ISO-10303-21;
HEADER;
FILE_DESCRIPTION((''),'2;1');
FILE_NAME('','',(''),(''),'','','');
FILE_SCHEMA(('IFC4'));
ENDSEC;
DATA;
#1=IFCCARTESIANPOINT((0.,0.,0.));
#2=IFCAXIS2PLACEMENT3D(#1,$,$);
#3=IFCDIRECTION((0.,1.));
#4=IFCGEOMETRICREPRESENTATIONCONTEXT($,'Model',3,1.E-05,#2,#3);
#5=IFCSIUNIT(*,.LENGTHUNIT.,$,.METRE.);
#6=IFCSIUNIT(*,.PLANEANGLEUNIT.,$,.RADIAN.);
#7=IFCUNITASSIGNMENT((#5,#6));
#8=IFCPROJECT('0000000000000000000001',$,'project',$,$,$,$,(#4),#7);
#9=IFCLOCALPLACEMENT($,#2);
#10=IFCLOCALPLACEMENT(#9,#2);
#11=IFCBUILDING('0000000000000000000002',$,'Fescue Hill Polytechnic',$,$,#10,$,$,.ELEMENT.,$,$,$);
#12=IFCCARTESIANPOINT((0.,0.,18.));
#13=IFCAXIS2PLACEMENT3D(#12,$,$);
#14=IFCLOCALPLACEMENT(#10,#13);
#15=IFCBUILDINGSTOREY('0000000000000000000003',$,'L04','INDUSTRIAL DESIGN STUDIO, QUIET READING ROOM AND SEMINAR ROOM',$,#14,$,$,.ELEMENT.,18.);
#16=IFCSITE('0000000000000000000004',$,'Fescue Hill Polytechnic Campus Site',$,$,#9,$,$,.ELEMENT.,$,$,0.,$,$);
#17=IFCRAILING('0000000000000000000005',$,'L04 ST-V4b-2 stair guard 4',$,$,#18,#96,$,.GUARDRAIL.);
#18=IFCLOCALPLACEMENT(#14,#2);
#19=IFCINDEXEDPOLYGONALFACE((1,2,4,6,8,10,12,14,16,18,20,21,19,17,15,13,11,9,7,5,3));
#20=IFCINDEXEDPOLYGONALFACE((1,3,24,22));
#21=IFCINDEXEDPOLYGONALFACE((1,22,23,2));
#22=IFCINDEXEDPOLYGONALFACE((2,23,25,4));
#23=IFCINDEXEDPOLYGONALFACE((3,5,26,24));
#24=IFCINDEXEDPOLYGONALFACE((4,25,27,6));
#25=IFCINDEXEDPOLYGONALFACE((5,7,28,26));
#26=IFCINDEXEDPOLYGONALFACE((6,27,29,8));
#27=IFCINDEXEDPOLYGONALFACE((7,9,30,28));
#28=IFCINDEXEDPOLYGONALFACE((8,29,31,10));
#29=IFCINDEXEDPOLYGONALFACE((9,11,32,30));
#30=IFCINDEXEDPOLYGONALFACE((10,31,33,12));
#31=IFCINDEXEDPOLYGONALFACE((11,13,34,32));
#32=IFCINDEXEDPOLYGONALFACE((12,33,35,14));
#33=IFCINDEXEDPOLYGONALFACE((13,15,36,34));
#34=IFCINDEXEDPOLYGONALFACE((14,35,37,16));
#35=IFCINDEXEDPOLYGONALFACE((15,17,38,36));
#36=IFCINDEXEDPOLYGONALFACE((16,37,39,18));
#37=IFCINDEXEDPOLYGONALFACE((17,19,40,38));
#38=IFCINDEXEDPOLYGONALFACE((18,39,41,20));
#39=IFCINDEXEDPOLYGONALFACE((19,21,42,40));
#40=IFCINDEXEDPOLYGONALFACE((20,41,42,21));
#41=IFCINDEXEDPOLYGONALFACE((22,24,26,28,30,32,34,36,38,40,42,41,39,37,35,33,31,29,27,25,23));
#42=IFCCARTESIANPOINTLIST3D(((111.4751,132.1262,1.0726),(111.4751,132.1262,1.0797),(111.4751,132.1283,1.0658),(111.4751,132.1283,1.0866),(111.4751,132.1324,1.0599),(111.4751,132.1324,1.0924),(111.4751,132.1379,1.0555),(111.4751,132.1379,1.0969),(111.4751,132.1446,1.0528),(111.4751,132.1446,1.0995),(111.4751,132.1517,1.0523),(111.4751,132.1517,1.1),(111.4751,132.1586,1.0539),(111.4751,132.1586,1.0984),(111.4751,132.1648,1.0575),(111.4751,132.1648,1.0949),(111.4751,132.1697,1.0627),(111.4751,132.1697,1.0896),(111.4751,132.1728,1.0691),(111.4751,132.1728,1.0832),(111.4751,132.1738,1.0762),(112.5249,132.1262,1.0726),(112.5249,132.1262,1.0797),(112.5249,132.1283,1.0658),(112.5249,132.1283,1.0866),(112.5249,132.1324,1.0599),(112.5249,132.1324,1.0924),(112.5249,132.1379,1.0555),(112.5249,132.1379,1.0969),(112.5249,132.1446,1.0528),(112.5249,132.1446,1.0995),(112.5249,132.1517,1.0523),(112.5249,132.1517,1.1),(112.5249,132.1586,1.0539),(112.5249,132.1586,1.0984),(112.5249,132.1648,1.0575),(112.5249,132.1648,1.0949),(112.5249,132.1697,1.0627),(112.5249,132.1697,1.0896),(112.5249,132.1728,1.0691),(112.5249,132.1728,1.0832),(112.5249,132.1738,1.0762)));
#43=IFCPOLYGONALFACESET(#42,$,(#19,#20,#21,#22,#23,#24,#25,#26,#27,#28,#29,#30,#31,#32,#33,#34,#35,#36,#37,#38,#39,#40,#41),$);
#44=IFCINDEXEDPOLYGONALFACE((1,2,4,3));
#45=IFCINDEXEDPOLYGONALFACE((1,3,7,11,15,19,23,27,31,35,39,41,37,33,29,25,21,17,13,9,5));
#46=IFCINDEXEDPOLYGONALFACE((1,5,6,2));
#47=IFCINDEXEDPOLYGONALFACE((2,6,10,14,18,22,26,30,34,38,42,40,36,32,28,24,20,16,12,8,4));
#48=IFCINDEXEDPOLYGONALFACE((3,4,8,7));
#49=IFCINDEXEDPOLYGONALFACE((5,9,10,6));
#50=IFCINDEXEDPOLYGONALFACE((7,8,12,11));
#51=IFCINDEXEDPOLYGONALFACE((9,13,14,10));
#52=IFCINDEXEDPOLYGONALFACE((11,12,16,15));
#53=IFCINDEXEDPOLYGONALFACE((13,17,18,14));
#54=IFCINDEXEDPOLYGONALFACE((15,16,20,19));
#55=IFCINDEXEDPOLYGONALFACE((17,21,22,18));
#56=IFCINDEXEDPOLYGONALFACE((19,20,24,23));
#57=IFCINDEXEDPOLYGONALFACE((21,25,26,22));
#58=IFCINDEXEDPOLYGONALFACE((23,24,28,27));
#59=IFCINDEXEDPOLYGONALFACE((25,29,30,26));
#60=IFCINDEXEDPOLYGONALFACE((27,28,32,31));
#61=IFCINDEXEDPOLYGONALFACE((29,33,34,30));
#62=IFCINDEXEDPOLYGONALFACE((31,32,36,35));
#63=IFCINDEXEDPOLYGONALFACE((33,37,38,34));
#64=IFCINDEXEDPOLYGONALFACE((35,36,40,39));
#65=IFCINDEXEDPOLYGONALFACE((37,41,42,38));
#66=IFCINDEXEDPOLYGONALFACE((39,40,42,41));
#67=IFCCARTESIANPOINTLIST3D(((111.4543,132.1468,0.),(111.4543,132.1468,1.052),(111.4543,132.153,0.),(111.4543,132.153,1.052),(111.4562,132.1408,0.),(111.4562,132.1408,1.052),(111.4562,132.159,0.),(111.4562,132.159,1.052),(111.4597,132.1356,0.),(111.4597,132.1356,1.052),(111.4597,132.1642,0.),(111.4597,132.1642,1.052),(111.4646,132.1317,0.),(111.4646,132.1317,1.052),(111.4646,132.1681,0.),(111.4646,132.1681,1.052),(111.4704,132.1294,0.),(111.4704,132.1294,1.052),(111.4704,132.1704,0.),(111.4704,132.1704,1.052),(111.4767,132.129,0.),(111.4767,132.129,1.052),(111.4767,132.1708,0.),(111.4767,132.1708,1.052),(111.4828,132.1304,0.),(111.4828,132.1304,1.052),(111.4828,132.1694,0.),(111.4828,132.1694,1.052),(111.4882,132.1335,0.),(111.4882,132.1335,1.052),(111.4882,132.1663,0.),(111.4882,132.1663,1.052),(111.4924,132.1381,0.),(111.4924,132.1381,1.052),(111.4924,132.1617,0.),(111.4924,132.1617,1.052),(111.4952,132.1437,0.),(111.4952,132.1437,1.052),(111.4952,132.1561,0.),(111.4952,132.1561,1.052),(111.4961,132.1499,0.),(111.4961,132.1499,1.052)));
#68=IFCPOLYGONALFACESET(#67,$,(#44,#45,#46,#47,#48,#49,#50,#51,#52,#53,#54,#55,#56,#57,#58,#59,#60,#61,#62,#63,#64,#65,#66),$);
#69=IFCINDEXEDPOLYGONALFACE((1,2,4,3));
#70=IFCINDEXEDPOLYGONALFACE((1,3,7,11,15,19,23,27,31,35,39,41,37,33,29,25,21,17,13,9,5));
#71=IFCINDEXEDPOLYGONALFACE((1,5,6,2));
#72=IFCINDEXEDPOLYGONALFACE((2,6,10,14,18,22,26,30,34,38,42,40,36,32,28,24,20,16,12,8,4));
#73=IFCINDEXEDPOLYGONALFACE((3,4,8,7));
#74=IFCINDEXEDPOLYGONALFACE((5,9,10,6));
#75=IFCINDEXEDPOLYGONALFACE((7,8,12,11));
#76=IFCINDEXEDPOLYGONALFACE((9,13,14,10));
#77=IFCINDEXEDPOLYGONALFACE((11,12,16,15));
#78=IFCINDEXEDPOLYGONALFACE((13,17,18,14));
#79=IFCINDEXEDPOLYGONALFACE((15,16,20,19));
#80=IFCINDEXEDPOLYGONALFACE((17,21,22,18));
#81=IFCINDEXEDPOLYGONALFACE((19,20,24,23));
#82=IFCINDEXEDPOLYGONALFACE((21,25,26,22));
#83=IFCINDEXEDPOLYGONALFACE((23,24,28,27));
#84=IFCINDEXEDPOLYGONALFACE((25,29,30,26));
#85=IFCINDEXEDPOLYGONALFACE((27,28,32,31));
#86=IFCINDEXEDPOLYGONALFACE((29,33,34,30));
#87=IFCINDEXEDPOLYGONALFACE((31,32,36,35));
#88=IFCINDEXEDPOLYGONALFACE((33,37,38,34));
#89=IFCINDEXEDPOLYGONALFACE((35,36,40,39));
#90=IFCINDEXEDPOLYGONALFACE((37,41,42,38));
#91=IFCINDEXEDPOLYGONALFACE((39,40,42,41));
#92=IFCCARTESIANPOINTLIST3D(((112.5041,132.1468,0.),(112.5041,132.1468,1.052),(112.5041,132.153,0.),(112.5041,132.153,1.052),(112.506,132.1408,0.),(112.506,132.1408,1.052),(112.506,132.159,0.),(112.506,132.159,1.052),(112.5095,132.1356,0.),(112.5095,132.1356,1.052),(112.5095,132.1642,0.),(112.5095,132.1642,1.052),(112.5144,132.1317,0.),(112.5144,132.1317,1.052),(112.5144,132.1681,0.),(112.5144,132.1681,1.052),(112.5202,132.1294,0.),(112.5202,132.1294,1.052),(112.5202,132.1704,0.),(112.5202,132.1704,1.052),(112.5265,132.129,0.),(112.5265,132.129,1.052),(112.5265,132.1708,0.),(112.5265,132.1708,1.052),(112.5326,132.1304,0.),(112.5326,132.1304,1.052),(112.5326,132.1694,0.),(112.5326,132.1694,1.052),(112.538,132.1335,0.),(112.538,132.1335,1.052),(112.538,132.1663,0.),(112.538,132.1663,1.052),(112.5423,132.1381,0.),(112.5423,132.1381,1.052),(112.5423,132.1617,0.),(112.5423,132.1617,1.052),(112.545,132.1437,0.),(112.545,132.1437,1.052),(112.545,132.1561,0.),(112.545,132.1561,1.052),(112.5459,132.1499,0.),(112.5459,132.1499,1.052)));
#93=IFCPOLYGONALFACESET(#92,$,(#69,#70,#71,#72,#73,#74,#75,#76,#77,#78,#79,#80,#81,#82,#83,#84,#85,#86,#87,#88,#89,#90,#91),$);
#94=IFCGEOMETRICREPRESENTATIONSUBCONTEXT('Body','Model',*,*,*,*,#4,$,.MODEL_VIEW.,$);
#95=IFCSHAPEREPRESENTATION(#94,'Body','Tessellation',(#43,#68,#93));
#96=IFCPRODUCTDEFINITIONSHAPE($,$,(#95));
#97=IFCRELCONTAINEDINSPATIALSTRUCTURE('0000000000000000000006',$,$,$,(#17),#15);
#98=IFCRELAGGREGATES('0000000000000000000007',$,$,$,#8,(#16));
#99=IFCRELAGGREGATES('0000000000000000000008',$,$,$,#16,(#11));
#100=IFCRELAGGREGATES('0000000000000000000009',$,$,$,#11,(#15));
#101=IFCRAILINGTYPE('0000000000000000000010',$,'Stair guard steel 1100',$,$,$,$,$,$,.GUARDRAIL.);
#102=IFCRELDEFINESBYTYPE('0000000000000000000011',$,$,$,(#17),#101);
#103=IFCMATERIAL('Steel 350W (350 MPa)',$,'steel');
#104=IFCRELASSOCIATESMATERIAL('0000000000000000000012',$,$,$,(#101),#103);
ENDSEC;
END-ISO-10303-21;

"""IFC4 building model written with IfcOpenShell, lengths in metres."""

from ifc_helpers import new_model, si_unit, direction, frame, origin, origin_2d, place, context, subcontext, project, spatial, circle, extrude, material, type_object, element, save


model = new_model("IFC4")

# Units and contexts
model_context = context("Model", 3, precision=1e-05, world=origin(), true_north=direction((0.0, 1.0)))
body_context = subcontext(model_context, "Body", "Model", "MODEL_VIEW")
ifc_project = project(units=[si_unit("LENGTHUNIT", "METRE"), si_unit("PLANEANGLEUNIT", "RADIAN")], contexts=[model_context])

# Site, building, storey
site_placement = place(None, origin())
site = spatial("IfcSite", under=ifc_project, at=site_placement, Name="Fescue Hill Polytechnic Campus Site", CompositionType="ELEMENT", RefElevation=0.0)
building_placement = place(site_placement, origin())
building = spatial("IfcBuilding", under=site, at=building_placement, Name="Fescue Hill Polytechnic", CompositionType="ELEMENT")
storey_placement = place(building_placement, frame((0.0, 0.0, 18.0)))
storey = spatial("IfcBuildingStorey", under=building, at=storey_placement, Name="L04", Description="INDUSTRIAL DESIGN STUDIO, QUIET READING ROOM AND SEMINAR ROOM", CompositionType="ELEMENT", Elevation=18.0)

# Railing
ifc_material_1 = material(Name="Steel 350W (350 MPa)", Category="steel")
railing_type_1 = type_object("IfcRailingType", Name="Stair guard steel 1100", PredefinedType="GUARDRAIL", material=ifc_material_1)
railing_1_placement = place(storey_placement, frame((111.4751, 132.1499, 0.0)))
element("IfcRailing", 1, at=railing_1_placement, inside=storey, type_object=railing_type_1, Name="L04 ST-V4b-2 stair guard 4", PredefinedType="GUARDRAIL", context=body_context, shape_type="SweptSolid", body=[
    extrude(circle(Radius=0.0239, at=origin_2d()), frame((0.0, 0.0, 1.0762), z_axis=(1.0, 0.0, 0.0), x_axis=(0.0, 1.0, 0.0)), (0.0, 0.0, 1.0), 1.0498),
    extrude(circle(Radius=0.021, at=origin_2d()), origin(), (0.0, 0.0, 1.0), 1.052),
    extrude(circle(Radius=0.021, at=origin_2d()), frame((1.0498, 0.0, 0.0)), (0.0, 0.0, 1.0), 1.052),
])

save(model, "model.ifc")
